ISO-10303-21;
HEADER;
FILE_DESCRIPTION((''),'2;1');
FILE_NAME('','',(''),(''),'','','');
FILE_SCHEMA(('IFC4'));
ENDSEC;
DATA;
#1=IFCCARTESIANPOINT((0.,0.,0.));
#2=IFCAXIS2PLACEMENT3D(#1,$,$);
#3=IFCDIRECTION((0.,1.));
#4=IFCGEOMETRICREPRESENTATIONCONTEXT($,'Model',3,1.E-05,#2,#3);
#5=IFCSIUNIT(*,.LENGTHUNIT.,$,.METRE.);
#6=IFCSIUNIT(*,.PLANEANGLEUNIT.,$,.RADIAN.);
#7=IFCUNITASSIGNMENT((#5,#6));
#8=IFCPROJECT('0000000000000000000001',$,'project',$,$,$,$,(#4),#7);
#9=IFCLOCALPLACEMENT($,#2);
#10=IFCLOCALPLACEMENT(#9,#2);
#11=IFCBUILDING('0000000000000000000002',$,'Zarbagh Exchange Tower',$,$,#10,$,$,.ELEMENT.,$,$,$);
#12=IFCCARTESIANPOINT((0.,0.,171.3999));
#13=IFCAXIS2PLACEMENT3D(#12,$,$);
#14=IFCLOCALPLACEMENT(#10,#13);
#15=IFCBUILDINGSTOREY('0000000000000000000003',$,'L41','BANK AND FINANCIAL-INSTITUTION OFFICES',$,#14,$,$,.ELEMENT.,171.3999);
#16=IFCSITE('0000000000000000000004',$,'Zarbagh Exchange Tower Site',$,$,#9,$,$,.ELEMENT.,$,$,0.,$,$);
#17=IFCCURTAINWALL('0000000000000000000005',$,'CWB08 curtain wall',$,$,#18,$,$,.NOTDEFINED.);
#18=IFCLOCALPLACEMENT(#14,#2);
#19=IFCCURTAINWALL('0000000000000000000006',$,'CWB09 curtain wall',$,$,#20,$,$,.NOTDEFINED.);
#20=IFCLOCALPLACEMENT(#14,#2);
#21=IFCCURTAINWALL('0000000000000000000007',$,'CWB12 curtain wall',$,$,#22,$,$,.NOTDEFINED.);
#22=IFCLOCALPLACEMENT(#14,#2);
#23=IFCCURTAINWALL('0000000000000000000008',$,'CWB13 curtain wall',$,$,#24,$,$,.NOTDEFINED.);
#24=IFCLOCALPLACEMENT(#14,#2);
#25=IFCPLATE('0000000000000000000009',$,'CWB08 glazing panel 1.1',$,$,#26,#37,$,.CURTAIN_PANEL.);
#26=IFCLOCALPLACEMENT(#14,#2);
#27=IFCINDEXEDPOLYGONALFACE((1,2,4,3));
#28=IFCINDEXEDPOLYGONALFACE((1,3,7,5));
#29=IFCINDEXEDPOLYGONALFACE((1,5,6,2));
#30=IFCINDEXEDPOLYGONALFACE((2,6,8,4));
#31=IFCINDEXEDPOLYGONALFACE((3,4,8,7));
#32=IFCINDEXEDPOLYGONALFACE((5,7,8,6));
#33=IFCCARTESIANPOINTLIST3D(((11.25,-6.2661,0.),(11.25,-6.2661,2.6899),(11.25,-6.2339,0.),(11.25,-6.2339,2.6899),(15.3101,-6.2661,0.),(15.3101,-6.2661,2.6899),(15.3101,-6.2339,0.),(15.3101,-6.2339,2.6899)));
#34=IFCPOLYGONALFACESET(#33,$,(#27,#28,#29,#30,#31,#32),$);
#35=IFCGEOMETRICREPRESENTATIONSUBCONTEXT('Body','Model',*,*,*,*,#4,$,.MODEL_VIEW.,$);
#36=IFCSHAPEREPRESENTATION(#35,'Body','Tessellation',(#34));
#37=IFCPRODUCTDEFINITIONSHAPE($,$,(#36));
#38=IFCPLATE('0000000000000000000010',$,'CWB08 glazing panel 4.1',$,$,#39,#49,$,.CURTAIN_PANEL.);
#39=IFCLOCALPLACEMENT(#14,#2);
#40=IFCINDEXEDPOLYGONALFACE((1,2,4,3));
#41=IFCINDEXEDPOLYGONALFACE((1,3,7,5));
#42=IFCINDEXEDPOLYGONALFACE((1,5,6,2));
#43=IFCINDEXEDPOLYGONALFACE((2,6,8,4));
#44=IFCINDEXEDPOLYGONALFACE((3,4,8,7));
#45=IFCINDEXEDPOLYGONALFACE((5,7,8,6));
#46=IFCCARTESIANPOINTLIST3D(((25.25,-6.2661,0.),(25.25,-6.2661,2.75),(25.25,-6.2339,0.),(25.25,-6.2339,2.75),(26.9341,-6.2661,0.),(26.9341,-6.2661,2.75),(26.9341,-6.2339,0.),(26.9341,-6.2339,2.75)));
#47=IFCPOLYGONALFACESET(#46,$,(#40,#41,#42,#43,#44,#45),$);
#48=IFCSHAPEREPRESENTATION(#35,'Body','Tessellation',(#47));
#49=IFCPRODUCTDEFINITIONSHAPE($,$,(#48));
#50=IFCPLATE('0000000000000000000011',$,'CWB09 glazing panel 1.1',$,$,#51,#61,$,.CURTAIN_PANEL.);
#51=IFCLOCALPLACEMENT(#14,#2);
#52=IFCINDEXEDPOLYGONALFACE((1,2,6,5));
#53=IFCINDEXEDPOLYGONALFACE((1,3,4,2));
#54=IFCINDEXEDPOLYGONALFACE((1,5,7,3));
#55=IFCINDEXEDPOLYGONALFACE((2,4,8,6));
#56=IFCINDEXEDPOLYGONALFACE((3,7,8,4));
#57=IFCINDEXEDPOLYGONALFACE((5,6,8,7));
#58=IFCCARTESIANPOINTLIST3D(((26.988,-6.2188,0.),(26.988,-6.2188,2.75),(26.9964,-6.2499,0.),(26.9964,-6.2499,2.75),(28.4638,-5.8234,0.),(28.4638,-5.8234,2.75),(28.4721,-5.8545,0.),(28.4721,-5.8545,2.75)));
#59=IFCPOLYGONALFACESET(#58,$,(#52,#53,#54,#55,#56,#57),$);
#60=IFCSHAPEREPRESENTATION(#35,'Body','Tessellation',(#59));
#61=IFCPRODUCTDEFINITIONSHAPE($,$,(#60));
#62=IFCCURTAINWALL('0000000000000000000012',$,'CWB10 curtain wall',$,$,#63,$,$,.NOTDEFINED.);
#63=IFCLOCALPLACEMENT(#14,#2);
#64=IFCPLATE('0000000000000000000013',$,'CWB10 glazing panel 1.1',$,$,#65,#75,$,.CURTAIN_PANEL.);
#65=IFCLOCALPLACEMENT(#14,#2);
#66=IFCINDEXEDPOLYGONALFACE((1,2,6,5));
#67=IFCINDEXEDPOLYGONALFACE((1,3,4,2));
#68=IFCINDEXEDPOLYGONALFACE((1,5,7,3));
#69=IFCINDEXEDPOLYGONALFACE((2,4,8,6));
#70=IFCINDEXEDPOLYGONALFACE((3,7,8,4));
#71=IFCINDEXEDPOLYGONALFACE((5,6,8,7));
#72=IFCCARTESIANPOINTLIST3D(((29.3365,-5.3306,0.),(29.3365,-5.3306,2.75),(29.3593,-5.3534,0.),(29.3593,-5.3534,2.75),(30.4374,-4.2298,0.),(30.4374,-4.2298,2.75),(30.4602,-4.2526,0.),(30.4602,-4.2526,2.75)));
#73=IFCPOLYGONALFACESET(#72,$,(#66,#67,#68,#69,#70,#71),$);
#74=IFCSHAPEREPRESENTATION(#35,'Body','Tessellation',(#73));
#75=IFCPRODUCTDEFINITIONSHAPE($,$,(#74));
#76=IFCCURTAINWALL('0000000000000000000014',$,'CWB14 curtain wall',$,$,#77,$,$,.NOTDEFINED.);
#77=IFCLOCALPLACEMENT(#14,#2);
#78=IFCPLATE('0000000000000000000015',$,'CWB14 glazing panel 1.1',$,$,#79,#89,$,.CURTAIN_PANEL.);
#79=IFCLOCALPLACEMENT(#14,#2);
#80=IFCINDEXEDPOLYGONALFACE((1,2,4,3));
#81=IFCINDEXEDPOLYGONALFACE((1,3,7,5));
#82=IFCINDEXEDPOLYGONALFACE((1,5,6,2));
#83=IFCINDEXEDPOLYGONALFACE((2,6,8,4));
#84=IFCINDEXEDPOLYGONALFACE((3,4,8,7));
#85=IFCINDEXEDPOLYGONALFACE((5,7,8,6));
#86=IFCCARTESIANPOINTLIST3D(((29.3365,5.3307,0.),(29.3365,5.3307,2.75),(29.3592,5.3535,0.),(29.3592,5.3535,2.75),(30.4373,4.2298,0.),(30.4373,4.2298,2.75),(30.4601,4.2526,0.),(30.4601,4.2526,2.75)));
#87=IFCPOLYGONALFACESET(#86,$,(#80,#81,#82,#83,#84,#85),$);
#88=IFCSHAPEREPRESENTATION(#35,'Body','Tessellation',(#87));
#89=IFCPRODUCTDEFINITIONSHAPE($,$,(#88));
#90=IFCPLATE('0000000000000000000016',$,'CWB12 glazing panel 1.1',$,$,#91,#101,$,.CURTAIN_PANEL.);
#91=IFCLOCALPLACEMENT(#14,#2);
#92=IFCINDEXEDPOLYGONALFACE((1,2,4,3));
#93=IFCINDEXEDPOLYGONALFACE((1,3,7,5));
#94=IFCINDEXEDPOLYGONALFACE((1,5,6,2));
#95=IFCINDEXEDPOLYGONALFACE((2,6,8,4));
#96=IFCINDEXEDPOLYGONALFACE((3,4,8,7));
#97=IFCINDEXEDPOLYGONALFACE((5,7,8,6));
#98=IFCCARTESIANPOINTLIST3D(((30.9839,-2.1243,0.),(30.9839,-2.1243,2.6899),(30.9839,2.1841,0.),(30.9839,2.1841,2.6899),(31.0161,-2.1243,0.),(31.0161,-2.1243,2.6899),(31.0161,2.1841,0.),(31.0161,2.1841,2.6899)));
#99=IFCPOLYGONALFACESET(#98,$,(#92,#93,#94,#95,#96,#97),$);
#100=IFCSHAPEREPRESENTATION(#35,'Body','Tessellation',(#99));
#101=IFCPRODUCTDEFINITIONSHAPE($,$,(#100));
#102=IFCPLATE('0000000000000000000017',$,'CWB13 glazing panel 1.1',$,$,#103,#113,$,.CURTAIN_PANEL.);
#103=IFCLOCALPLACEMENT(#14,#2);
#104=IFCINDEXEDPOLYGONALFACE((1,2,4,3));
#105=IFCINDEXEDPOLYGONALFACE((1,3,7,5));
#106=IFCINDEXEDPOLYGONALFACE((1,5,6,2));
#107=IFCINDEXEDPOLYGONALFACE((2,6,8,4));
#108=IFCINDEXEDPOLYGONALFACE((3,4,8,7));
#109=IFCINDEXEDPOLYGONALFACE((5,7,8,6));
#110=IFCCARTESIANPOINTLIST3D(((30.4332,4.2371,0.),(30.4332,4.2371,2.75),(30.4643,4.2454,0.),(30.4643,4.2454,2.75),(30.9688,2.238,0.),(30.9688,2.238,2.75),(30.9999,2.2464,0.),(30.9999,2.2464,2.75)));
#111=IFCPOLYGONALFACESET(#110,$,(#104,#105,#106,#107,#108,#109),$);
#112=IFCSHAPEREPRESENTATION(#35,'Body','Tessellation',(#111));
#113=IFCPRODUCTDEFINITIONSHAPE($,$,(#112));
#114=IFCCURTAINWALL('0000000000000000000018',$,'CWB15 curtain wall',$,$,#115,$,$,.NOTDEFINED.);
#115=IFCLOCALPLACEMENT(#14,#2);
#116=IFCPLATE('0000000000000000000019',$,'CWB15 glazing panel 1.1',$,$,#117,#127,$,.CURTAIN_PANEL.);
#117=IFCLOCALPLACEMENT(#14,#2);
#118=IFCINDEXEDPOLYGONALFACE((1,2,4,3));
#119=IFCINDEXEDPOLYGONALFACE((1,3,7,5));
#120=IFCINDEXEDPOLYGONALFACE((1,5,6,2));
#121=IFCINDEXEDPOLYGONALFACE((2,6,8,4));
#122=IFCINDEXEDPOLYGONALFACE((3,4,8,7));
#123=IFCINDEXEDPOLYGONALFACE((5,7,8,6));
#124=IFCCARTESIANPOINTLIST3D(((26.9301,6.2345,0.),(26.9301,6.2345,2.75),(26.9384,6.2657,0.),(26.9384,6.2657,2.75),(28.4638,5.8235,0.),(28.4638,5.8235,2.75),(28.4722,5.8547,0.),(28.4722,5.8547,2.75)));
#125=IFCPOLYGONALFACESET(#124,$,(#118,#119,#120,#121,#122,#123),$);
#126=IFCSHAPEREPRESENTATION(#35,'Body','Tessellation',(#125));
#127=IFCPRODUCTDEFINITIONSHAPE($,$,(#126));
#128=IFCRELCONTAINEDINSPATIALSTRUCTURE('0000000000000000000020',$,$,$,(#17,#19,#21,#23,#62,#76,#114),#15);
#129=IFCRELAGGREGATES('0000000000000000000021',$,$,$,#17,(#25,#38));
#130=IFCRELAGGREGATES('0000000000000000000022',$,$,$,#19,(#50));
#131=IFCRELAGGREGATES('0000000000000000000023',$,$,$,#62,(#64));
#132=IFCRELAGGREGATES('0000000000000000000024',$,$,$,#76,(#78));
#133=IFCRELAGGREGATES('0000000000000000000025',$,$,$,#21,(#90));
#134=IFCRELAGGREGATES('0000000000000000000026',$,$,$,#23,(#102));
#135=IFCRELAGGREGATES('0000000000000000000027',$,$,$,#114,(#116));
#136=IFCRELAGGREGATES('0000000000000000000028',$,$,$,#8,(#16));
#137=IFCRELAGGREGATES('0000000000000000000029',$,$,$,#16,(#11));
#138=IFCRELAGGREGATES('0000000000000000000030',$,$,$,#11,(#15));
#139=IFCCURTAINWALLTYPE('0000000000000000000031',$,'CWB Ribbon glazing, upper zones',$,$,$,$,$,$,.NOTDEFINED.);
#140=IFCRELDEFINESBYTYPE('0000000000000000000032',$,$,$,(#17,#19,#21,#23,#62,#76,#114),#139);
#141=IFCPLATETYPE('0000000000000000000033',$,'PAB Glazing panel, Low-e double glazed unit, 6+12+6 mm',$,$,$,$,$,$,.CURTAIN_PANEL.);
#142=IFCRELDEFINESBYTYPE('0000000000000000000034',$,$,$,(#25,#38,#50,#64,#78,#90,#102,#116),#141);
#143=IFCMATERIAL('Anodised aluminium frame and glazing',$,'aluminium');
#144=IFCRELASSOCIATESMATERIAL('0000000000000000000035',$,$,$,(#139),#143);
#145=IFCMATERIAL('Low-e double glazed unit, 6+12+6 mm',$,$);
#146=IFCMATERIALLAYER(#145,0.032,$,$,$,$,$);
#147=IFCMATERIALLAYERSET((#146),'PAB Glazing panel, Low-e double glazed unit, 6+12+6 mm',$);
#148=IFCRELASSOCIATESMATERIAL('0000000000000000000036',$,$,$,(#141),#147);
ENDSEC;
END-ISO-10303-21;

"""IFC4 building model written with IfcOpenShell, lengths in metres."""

from ifc_helpers import new_model, si_unit, direction, frame, origin, place, context, subcontext, project, spatial, polyline, outline, extrude, source, transform, mapped, material, layer, layer_set, type_object, element, aggregate, save


model = new_model("IFC4")

# Units and contexts
model_context = context("Model", 3, precision=1e-05, world=origin(), true_north=direction((0.0, 1.0)))
body_context = subcontext(model_context, "Body", "Model", "MODEL_VIEW")
ifc_project = project(units=[si_unit("LENGTHUNIT", "METRE"), si_unit("PLANEANGLEUNIT", "RADIAN")], contexts=[model_context])

# Site, building, storey
site_placement = place(None, origin())
site = spatial("IfcSite", under=ifc_project, at=site_placement, Name="Zarbagh Exchange Tower Site", CompositionType="ELEMENT", RefElevation=0.0)
building_placement = place(site_placement, origin())
building = spatial("IfcBuilding", under=site, at=building_placement, Name="Zarbagh Exchange Tower", CompositionType="ELEMENT")
storey_placement = place(building_placement, frame((0.0, 0.0, 171.3999)))
storey = spatial("IfcBuildingStorey", under=building, at=storey_placement, Name="L41", Description="BANK AND FINANCIAL-INSTITUTION OFFICES", CompositionType="ELEMENT", Elevation=171.3999)

# Curtain wall
ifc_material_1 = material(Name="Anodised aluminium frame and glazing", Category="aluminium")
curtain_wall_type = type_object("IfcCurtainWallType", Name="CWB Ribbon glazing, upper zones", PredefinedType="NOTDEFINED", material=ifc_material_1)
curtain_wall_1_placement = place(storey_placement, origin())
curtain_wall_1 = element("IfcCurtainWall", 1, at=curtain_wall_1_placement, inside=storey, type_object=curtain_wall_type, Name="CWB08 curtain wall", PredefinedType="NOTDEFINED")
placement = place(storey_placement, origin())

# Curtain walls
curtain_wall_2_placement = place(storey_placement, origin())
curtain_wall_2 = element("IfcCurtainWall", 2, at=curtain_wall_2_placement, inside=storey, type_object=curtain_wall_type, Name="CWB09 curtain wall", PredefinedType="NOTDEFINED")
curtain_wall_3_placement = place(storey_placement, origin())
curtain_wall_3 = element("IfcCurtainWall", 3, at=curtain_wall_3_placement, inside=storey, type_object=curtain_wall_type, Name="CWB12 curtain wall", PredefinedType="NOTDEFINED")
curtain_wall_4_placement = place(storey_placement, origin())
curtain_wall_4 = element("IfcCurtainWall", 4, at=curtain_wall_4_placement, inside=storey, type_object=curtain_wall_type, Name="CWB13 curtain wall", PredefinedType="NOTDEFINED")

# Shared definitions
ifc_material_2 = material(Name="Low-e double glazed unit, 6+12+6 mm")
ifc_layer = layer(ifc_material_2, 0.032)
ifc_layer_set = layer_set([ifc_layer], Name="PAB Glazing panel, Low-e double glazed unit, 6+12+6 mm")
plate_type = type_object("IfcPlateType", Name="PAB Glazing panel, Low-e double glazed unit, 6+12+6 mm", PredefinedType="CURTAIN_PANEL", material=ifc_layer_set)

# Plates
shared_shape_1 = source(origin(), body_context, "Body", "SweptSolid", [
    extrude(outline(polyline([(0.0, -0.0161), (4.0601, -0.0161), (4.0601, 0.0161), (0.0, 0.0161), (0.0, -0.0161)])), origin(), (0.0, 0.0, 1.0), 2.6899),
])
plate_1 = element("IfcPlate", 5, at=placement, type_object=plate_type, Name="CWB08 glazing panel 1.1", PredefinedType="CURTAIN_PANEL", context=body_context, shape_type="MappedRepresentation", body=[
    mapped(shared_shape_1, transform((11.25, -6.25, 0.0), x_axis=(1.0, 0.0, 0.0), y_axis=(0.0, 1.0, 0.0), z_axis=(0.0, 0.0, 1.0))),
])
shared_shape_2 = source(origin(), body_context, "Body", "SweptSolid", [
    extrude(outline(polyline([(0.0, -0.0161), (1.6841, -0.0161), (1.6841, 0.0161), (0.0, 0.0161), (0.0, -0.0161)])), origin(), (0.0, 0.0, 1.0), 2.75),
])
plate_2 = element("IfcPlate", 6, at=placement, type_object=plate_type, Name="CWB08 glazing panel 4.1", PredefinedType="CURTAIN_PANEL", context=body_context, shape_type="MappedRepresentation", body=[
    mapped(shared_shape_2, transform((25.25, -6.25, 0.0), x_axis=(1.0, 0.0, 0.0), y_axis=(0.0, 1.0, 0.0), z_axis=(0.0, 0.0, 1.0))),
])
aggregate(curtain_wall_1, [plate_1, plate_2])
shared_shape_3 = source(origin(), body_context, "Body", "SweptSolid", [
    extrude(outline(polyline([(0.0, -0.0161), (1.5278, -0.0161), (1.5278, 0.0161), (0.0, 0.0161), (0.0, -0.0161)])), origin(), (0.0, 0.0, 1.0), 2.75),
])
plate_3 = element("IfcPlate", 7, at=placement, type_object=plate_type, Name="CWB09 glazing panel 1.1", PredefinedType="CURTAIN_PANEL", context=body_context, shape_type="MappedRepresentation", body=[
    mapped(shared_shape_3, transform((26.9922, -6.2344, 0.0), x_axis=(0.965924, 0.258825, 0.0), y_axis=(-0.258825, 0.965924, 0.0), z_axis=(0.0, 0.0, 1.0))),
])
aggregate(curtain_wall_2, [plate_3])

# Curtain walls, plates
curtain_wall_5_placement = place(storey_placement, origin())
curtain_wall_5 = element("IfcCurtainWall", 8, at=curtain_wall_5_placement, inside=storey, type_object=curtain_wall_type, Name="CWB10 curtain wall", PredefinedType="NOTDEFINED")
shared_shape_4 = source(origin(), body_context, "Body", "SweptSolid", [
    extrude(outline(polyline([(0.0, -0.0161), (1.5569, -0.0161), (1.5569, 0.0161), (0.0, 0.0161), (0.0, -0.0161)])), origin(), (0.0, 0.0, 1.0), 2.75),
])
plate_4 = element("IfcPlate", 9, at=placement, type_object=plate_type, Name="CWB10 glazing panel 1.1", PredefinedType="CURTAIN_PANEL", context=body_context, shape_type="MappedRepresentation", body=[
    mapped(shared_shape_4, transform((29.3479, -5.342, 0.0), x_axis=(0.707107, 0.707107, 0.0), y_axis=(-0.707107, 0.707107, 0.0), z_axis=(0.0, 0.0, 1.0))),
])
aggregate(curtain_wall_5, [plate_4])
curtain_wall_6_placement = place(storey_placement, origin())
curtain_wall_6 = element("IfcCurtainWall", 10, at=curtain_wall_6_placement, inside=storey, type_object=curtain_wall_type, Name="CWB14 curtain wall", PredefinedType="NOTDEFINED")
plate_5 = element("IfcPlate", 11, at=placement, type_object=plate_type, Name="CWB14 glazing panel 1.1", PredefinedType="CURTAIN_PANEL", context=body_context, shape_type="MappedRepresentation", body=[
    mapped(shared_shape_4, transform((30.4487, 4.2412, 0.0), x_axis=(-0.707107, 0.707107, 0.0), y_axis=(-0.707107, -0.707107, 0.0), z_axis=(0.0, 0.0, 1.0))),
])
aggregate(curtain_wall_6, [plate_5])

# Plates
shared_shape_5 = source(origin(), body_context, "Body", "SweptSolid", [
    extrude(outline(polyline([(0.0, -0.0161), (4.3083, -0.0161), (4.3083, 0.0161), (0.0, 0.0161), (0.0, -0.0161)])), origin(), (0.0, 0.0, 1.0), 2.6899),
])
plate_6 = element("IfcPlate", 12, at=placement, type_object=plate_type, Name="CWB12 glazing panel 1.1", PredefinedType="CURTAIN_PANEL", context=body_context, shape_type="MappedRepresentation", body=[
    mapped(shared_shape_5, transform((31.0, -2.1243, 0.0), x_axis=(0.0, 1.0, 0.0), y_axis=(-1.0, 0.0, 0.0), z_axis=(0.0, 0.0, 1.0))),
])
aggregate(curtain_wall_3, [plate_6])
shared_shape_6 = source(origin(), body_context, "Body", "SweptSolid", [
    extrude(outline(polyline([(0.0, -0.0161), (2.0696, -0.0161), (2.0696, 0.0161), (0.0, 0.0161), (0.0, -0.0161)])), origin(), (0.0, 0.0, 1.0), 2.75),
])
plate_7 = element("IfcPlate", 13, at=placement, type_object=plate_type, Name="CWB13 glazing panel 1.1", PredefinedType="CURTAIN_PANEL", context=body_context, shape_type="MappedRepresentation", body=[
    mapped(shared_shape_6, transform((30.9844, 2.2422, 0.0), x_axis=(-0.258825, 0.965924, 0.0), y_axis=(-0.965924, -0.258825, 0.0), z_axis=(0.0, 0.0, 1.0))),
])
aggregate(curtain_wall_4, [plate_7])

# Curtain wall, plate
curtain_wall_7_placement = place(storey_placement, origin())
curtain_wall_7 = element("IfcCurtainWall", 14, at=curtain_wall_7_placement, inside=storey, type_object=curtain_wall_type, Name="CWB15 curtain wall", PredefinedType="NOTDEFINED")
shared_shape_7 = source(origin(), body_context, "Body", "SweptSolid", [
    extrude(outline(polyline([(0.0, -0.0161), (1.5879, -0.0161), (1.5879, 0.0161), (0.0, 0.0161), (0.0, -0.0161)])), origin(), (0.0, 0.0, 1.0), 2.75),
])
plate_8 = element("IfcPlate", 15, at=placement, type_object=plate_type, Name="CWB15 glazing panel 1.1", PredefinedType="CURTAIN_PANEL", context=body_context, shape_type="MappedRepresentation", body=[
    mapped(shared_shape_7, transform((28.468, 5.8391, 0.0), x_axis=(-0.965924, 0.258825, 0.0), y_axis=(-0.258825, -0.965924, 0.0), z_axis=(0.0, 0.0, 1.0))),
])
aggregate(curtain_wall_7, [plate_8])

save(model, "model.ifc")
